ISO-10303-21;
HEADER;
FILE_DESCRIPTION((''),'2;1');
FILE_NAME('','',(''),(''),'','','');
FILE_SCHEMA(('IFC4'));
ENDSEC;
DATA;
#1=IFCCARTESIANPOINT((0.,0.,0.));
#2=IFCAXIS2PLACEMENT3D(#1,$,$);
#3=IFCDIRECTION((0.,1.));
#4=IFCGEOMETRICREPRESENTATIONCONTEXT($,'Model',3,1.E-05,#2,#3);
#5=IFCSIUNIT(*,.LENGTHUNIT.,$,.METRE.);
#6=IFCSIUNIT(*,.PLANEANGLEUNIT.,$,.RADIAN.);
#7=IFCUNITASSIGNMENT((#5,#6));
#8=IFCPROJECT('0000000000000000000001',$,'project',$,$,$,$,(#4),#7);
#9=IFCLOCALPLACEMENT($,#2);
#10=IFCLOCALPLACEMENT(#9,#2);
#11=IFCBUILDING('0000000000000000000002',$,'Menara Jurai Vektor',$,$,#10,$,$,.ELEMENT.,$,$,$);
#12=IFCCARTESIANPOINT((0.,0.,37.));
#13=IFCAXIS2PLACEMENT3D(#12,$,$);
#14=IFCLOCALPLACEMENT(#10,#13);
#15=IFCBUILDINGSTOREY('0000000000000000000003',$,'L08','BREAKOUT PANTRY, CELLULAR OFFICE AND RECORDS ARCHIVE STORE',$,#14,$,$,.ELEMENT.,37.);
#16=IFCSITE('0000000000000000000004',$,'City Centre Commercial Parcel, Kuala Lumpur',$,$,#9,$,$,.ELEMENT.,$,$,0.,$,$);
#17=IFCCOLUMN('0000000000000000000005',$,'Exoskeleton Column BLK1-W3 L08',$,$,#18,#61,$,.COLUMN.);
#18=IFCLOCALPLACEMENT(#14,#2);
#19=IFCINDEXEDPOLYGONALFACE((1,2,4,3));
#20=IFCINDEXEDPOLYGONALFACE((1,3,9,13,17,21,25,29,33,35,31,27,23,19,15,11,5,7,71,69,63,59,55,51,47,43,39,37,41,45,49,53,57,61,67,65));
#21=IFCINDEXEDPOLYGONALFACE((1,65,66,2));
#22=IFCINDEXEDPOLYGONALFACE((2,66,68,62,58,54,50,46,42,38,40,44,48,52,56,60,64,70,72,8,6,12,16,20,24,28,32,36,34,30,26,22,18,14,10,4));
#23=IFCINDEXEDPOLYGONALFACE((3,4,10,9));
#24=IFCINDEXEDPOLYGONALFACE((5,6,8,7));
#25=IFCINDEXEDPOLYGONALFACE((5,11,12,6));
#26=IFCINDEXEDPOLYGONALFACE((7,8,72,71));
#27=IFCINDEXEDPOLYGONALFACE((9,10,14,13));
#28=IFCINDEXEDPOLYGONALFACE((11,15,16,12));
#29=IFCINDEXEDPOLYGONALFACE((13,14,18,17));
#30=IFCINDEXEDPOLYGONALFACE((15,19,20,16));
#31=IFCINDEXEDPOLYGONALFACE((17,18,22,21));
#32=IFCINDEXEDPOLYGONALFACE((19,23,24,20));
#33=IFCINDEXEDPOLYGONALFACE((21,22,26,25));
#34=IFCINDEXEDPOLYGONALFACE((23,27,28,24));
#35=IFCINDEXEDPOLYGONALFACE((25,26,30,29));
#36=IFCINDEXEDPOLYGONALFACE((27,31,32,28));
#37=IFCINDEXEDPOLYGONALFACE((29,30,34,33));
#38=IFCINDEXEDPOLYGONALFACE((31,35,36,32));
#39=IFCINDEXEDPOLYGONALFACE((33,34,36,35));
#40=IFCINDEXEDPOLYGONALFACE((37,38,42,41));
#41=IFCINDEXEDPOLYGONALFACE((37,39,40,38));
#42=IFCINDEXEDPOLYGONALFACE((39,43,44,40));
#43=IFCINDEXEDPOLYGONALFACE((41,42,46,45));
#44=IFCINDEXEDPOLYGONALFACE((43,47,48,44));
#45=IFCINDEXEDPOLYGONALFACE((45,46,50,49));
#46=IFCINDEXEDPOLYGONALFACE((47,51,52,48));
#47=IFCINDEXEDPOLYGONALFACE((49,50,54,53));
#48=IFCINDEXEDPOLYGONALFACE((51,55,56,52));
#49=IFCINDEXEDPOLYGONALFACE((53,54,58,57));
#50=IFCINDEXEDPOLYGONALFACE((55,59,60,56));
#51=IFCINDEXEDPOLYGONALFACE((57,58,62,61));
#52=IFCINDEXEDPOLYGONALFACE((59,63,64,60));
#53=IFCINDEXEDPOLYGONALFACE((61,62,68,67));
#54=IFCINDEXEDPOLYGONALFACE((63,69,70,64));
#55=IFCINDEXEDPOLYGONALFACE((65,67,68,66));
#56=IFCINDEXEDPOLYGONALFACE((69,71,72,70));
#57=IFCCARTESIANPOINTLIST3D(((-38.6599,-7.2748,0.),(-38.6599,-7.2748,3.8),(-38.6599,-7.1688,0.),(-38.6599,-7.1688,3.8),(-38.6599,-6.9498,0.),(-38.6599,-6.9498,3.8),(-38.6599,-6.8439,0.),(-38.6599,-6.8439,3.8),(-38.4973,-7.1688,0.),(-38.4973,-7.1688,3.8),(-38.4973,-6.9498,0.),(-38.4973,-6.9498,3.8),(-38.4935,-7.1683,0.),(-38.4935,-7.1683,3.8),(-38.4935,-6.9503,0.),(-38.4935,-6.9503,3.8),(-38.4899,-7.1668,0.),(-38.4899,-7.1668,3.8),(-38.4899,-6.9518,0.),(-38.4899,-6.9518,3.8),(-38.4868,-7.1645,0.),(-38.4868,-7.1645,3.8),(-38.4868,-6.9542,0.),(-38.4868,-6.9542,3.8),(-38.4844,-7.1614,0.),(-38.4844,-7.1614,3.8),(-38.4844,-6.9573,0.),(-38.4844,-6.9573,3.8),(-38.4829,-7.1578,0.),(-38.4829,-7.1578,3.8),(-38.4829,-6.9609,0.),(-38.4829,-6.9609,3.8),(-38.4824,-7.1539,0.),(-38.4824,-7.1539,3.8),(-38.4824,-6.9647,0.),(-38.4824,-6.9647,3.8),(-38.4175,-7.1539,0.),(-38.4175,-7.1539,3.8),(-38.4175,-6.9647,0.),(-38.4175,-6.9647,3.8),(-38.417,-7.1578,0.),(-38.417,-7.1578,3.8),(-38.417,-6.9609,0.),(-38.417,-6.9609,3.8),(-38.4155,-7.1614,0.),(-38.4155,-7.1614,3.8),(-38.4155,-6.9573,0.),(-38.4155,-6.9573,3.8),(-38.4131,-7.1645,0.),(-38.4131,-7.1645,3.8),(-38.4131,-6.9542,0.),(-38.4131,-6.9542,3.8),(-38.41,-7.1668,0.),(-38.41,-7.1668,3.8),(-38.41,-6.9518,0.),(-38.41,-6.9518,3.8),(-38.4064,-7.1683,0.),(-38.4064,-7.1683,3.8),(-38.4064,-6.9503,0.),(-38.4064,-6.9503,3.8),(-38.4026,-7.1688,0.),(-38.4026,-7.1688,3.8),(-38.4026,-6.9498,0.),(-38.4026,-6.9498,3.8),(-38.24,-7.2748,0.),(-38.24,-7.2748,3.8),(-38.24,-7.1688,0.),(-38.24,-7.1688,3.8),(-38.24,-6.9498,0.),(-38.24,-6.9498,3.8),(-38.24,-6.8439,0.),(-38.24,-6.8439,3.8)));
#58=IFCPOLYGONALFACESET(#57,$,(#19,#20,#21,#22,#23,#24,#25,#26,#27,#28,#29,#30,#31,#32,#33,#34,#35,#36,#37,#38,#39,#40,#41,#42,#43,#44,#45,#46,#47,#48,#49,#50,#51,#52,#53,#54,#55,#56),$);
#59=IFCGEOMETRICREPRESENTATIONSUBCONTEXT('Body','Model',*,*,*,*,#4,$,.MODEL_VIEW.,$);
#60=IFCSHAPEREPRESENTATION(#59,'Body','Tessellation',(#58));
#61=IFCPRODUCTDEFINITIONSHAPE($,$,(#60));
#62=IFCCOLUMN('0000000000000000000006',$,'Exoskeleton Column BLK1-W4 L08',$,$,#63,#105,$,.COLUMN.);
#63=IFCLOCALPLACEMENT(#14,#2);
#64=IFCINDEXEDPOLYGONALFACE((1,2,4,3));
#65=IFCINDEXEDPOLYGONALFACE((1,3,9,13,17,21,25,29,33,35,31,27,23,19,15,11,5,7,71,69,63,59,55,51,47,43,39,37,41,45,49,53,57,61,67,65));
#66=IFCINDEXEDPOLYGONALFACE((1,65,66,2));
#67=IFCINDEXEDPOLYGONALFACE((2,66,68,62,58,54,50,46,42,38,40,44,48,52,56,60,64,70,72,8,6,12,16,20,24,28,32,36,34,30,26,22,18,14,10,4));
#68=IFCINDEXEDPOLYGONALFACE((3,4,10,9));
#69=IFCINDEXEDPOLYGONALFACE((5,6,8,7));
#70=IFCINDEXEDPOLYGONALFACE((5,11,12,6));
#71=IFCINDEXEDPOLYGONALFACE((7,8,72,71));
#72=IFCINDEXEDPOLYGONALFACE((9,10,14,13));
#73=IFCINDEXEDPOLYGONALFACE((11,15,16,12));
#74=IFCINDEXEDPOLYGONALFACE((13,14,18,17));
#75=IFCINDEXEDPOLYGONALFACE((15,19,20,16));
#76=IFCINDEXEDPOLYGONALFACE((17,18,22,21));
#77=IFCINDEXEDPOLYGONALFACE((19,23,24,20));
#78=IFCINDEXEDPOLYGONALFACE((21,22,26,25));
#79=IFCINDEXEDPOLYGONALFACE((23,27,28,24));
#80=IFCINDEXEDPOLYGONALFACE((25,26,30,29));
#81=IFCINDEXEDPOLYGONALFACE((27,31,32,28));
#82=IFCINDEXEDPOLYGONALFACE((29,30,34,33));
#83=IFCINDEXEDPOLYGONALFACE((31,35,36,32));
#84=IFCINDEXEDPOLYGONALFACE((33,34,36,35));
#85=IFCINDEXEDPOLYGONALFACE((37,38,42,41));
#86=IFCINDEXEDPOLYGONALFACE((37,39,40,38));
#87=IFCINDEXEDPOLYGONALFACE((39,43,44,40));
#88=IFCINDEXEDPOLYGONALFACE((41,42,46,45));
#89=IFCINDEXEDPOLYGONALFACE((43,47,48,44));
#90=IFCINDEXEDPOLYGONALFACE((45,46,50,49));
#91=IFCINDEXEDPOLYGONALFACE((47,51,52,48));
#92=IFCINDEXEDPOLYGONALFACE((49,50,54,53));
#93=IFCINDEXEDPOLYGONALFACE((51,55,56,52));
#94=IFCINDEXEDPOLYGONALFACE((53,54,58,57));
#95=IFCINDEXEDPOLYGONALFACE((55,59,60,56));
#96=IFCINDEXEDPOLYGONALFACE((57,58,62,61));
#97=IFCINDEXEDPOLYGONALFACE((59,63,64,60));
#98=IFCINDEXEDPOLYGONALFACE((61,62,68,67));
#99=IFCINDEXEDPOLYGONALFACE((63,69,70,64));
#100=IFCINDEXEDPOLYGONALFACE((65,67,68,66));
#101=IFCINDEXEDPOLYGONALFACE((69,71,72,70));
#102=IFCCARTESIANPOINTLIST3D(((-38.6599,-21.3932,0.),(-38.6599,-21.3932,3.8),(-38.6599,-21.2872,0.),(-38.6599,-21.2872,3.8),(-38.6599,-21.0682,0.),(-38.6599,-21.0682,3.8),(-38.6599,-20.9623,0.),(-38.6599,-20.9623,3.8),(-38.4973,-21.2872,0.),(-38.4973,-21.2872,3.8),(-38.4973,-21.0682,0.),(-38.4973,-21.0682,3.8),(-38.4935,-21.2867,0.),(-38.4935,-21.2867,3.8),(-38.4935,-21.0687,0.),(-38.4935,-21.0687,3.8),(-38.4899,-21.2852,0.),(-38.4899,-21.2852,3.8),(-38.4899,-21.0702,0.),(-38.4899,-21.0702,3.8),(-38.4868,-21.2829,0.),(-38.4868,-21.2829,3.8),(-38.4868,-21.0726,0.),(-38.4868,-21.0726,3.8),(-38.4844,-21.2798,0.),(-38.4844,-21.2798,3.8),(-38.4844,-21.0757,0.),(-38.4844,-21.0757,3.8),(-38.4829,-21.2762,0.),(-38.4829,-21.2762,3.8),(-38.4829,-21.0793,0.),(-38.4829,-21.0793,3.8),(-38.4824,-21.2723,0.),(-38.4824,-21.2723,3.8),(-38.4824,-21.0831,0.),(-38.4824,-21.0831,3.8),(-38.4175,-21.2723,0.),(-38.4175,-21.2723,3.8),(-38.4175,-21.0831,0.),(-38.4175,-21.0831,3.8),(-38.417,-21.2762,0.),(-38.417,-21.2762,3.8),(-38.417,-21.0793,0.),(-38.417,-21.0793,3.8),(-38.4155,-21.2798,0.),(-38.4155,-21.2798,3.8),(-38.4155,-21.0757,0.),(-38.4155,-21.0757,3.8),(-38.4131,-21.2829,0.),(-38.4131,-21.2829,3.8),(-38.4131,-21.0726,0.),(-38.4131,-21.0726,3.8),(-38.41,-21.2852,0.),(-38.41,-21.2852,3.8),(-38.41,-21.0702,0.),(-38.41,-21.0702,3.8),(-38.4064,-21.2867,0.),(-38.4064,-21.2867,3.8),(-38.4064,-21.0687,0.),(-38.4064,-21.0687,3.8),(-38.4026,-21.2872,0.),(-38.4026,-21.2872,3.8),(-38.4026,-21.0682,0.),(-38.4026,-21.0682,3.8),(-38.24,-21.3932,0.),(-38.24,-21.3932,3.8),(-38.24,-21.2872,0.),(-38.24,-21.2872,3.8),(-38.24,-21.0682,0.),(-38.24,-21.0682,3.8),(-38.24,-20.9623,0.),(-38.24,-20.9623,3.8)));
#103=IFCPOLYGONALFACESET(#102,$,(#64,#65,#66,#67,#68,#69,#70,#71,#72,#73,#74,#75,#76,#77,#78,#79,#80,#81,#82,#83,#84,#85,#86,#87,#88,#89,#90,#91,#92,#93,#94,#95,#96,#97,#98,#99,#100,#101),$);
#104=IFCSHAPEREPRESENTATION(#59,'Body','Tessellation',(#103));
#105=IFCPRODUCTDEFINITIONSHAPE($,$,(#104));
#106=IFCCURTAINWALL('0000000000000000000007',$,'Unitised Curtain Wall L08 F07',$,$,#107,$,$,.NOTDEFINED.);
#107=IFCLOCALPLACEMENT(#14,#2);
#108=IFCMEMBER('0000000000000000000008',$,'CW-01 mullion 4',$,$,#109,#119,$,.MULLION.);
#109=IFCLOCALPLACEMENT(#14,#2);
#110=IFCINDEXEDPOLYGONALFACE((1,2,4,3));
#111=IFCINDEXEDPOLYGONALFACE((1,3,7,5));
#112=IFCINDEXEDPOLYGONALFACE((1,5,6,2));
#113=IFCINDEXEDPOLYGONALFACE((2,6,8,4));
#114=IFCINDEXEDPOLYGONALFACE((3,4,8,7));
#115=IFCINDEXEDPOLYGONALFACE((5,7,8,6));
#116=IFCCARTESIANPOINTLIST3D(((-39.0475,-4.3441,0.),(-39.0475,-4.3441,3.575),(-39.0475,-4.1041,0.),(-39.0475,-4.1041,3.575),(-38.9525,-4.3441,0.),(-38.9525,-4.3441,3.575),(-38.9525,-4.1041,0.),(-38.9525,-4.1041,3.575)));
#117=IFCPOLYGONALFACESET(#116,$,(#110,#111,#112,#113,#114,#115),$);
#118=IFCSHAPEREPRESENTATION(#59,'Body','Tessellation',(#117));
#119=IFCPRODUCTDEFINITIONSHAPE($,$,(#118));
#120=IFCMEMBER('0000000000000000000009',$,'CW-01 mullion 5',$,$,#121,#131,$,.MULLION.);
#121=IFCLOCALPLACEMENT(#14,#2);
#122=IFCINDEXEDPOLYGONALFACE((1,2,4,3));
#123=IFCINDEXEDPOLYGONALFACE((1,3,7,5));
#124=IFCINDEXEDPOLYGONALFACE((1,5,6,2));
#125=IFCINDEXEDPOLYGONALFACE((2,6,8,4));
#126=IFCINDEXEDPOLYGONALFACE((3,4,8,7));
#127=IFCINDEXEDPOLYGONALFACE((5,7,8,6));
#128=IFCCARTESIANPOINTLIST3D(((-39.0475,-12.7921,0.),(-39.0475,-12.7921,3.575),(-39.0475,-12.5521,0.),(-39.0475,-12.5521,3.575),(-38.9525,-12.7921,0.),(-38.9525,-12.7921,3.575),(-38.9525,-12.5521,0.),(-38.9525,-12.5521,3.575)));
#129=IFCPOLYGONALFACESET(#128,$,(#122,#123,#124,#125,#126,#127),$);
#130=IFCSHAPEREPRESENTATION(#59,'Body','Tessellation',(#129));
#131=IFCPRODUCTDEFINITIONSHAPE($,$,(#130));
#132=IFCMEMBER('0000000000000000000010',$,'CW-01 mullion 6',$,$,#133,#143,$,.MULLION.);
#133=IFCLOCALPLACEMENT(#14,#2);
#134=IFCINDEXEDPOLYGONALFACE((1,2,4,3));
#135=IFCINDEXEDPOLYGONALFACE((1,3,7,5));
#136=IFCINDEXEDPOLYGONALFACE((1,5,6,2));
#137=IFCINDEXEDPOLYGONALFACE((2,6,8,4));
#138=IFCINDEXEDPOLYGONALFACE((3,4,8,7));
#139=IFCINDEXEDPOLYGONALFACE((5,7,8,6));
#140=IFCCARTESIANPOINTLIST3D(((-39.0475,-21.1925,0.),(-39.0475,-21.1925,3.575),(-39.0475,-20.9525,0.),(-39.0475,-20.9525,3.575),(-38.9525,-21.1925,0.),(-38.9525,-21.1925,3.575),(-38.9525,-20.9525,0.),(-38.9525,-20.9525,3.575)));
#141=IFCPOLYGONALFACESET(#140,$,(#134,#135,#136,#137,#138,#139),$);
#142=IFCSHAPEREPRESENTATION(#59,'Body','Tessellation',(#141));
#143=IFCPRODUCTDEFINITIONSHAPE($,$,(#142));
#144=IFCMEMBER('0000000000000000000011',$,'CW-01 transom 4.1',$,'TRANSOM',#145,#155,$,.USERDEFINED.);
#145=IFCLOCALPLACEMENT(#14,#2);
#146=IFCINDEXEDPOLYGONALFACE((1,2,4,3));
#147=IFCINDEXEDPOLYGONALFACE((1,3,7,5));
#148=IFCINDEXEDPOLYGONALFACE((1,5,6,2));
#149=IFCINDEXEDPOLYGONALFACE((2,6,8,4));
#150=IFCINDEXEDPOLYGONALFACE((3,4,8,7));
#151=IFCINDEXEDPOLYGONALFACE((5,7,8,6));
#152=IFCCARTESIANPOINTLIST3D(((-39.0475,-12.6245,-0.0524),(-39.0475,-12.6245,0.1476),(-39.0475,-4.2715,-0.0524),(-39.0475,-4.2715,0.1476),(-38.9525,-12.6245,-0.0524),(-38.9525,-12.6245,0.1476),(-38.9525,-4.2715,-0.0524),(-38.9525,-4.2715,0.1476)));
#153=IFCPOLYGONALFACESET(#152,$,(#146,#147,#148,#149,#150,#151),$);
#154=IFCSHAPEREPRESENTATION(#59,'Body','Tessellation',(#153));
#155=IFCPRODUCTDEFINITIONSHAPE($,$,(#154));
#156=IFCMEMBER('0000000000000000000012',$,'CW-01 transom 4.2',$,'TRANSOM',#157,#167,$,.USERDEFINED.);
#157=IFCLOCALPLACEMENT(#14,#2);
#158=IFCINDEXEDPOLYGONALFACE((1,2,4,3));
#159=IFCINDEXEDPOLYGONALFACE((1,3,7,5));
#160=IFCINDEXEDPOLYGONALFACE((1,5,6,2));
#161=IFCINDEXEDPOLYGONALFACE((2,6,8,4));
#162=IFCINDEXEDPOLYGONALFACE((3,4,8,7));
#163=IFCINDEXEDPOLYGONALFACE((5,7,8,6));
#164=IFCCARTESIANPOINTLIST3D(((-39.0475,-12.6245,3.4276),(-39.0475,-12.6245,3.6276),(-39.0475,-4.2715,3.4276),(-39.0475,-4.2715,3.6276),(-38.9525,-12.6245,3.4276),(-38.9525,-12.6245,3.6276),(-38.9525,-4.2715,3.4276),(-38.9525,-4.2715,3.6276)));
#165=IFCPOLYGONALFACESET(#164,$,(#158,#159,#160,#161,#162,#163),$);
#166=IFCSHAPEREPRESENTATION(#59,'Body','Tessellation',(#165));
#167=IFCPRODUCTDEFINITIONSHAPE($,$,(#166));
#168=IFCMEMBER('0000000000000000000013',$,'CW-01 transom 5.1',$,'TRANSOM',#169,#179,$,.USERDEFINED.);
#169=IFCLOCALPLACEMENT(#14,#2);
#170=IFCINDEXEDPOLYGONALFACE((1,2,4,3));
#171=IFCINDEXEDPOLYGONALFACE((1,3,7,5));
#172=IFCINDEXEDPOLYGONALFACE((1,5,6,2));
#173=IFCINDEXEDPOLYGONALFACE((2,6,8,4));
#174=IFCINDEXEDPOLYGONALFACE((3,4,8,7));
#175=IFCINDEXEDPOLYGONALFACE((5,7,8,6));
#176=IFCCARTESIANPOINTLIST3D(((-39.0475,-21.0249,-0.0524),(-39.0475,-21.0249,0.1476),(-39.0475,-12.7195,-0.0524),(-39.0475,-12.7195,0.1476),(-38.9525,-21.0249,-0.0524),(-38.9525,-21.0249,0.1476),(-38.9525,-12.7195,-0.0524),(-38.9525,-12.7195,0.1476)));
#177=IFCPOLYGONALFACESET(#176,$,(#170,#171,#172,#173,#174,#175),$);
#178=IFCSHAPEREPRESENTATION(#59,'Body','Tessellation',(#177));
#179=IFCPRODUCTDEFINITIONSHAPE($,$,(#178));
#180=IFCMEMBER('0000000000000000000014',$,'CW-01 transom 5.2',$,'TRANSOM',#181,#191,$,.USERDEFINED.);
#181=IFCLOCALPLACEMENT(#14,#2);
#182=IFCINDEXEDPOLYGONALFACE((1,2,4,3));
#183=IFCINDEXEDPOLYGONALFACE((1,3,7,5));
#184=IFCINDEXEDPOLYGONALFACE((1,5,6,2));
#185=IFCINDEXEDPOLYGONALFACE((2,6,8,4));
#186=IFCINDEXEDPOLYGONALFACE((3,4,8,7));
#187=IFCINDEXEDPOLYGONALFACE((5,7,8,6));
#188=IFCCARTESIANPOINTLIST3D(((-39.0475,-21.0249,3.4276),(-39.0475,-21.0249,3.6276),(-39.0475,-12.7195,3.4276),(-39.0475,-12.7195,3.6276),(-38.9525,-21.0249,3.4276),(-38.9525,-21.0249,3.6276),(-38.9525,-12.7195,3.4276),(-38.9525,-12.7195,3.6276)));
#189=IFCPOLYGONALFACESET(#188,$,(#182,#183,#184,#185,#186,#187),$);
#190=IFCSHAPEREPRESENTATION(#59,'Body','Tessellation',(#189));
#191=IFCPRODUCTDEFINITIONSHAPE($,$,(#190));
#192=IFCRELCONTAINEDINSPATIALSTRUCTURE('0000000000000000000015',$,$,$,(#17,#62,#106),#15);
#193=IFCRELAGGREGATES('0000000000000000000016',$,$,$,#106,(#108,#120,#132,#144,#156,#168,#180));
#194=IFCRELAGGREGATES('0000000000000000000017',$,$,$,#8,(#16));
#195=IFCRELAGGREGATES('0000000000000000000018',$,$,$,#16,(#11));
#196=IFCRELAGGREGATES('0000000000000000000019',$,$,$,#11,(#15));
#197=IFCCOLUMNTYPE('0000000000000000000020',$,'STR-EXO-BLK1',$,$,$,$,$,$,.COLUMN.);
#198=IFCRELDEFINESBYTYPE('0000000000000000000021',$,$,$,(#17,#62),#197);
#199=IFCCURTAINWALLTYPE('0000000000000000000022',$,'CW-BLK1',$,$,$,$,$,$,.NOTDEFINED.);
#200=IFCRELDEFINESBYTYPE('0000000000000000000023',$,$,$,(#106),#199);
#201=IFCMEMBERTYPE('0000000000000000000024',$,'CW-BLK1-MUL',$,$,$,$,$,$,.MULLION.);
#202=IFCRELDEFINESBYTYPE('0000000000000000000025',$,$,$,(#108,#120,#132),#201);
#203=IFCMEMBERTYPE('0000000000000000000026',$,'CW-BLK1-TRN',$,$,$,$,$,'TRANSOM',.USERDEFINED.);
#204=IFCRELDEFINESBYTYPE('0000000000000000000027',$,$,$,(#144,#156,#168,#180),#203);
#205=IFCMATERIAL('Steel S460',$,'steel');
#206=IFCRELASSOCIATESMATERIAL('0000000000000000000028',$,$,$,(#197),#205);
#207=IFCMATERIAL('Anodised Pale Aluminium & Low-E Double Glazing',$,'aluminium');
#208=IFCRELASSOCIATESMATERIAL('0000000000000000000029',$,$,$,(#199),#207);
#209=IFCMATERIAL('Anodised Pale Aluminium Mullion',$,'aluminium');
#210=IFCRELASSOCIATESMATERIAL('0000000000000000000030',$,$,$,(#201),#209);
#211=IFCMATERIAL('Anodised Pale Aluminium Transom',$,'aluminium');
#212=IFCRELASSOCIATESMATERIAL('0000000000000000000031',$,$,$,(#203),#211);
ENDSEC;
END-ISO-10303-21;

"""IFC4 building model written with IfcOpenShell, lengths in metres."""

from ifc_helpers import new_model, si_unit, direction, frame, origin, origin_2d, place, context, subcontext, project, spatial, rectangle, i_section, extrude, material, material_profile, profile_set, type_object, element, aggregate, save


model = new_model("IFC4")

# Units and contexts
model_context = context("Model", 3, precision=1e-05, world=origin(), true_north=direction((0.0, 1.0)))
body_context = subcontext(model_context, "Body", "Model", "MODEL_VIEW")
ifc_project = project(units=[si_unit("LENGTHUNIT", "METRE"), si_unit("PLANEANGLEUNIT", "RADIAN")], contexts=[model_context])

# Site, building, storey
site_placement = place(None, origin())
site = spatial("IfcSite", under=ifc_project, at=site_placement, Name="City Centre Commercial Parcel, Kuala Lumpur", CompositionType="ELEMENT", RefElevation=0.0)
building_placement = place(site_placement, origin())
building = spatial("IfcBuilding", under=site, at=building_placement, Name="Menara Jurai Vektor", CompositionType="ELEMENT")
storey_placement = place(building_placement, frame((0.0, 0.0, 37.0)))
storey = spatial("IfcBuildingStorey", under=building, at=storey_placement, Name="L08", Description="BREAKOUT PANTRY, CELLULAR OFFICE AND RECORDS ARCHIVE STORE", CompositionType="ELEMENT", Elevation=37.0)

# Columns
ifc_material_1 = material(Name="Steel S460", Category="steel")
ifc_material_profile_1 = material_profile(ifc_material_1, i_section(OverallWidth=0.4199, OverallDepth=0.4309, WebThickness=0.0649, FlangeThickness=0.106, FilletRadius=0.0149, at=origin_2d()), Name="HD 400x900")
ifc_profile_set_1 = profile_set([ifc_material_profile_1], Name="Steel S460")
column_type = type_object("IfcColumnType", Name="STR-EXO-BLK1", PredefinedType="COLUMN", material=ifc_profile_set_1)
for number, where, z_axis, x_axis, name in (
    (1, (-38.45, -7.0593, 0.0), (0.0, 0.0, 1.0), (1.0, 0.0, 0.0), "Exoskeleton Column BLK1-W3 L08"),
    (2, (-38.45, -21.1777, 0.0), (0.0, 0.0, 1.0), (1.0, 0.0, 0.0), "Exoskeleton Column BLK1-W4 L08"),
):
    element("IfcColumn", number, at=place(storey_placement, frame(where, z_axis=z_axis, x_axis=x_axis)), inside=storey, type_object=column_type, Name=name, PredefinedType="COLUMN", context=body_context, shape_type="SweptSolid", body=[
        extrude(i_section(OverallWidth=0.4199, OverallDepth=0.4309, WebThickness=0.0649, FlangeThickness=0.106, FilletRadius=0.0149, at=origin_2d()), origin(), (0.0, 0.0, 1.0), 3.8),
    ])

# Curtain wall, members
ifc_material_2 = material(Name="Anodised Pale Aluminium & Low-E Double Glazing", Category="aluminium")
curtain_wall_type = type_object("IfcCurtainWallType", Name="CW-BLK1", PredefinedType="NOTDEFINED", material=ifc_material_2)
curtain_wall_placement = place(storey_placement, origin())
curtain_wall = element("IfcCurtainWall", 3, at=curtain_wall_placement, inside=storey, type_object=curtain_wall_type, Name="Unitised Curtain Wall L08 F07", PredefinedType="NOTDEFINED")
ifc_material_3 = material(Name="Anodised Pale Aluminium Mullion", Category="aluminium")
ifc_material_profile_2 = material_profile(ifc_material_3, rectangle(XDim=0.095, YDim=0.24, at=origin_2d()), Name="ALU MUL 95x240")
ifc_profile_set_2 = profile_set([ifc_material_profile_2], Name="Anodised Pale Aluminium Mullion")
member_type_1 = type_object("IfcMemberType", Name="CW-BLK1-MUL", PredefinedType="MULLION", material=ifc_profile_set_2)
member_1_placement = place(storey_placement, frame((-39.0, -4.2241, 0.0), z_axis=(0.0, 0.0, 1.0), x_axis=(1.0, 0.0, 0.0)))
member_1 = element("IfcMember", 4, at=member_1_placement, type_object=member_type_1, Name="CW-01 mullion 4", PredefinedType="MULLION", context=body_context, shape_type="SweptSolid", body=[
    extrude(rectangle(XDim=0.095, YDim=0.24, at=origin_2d()), origin(), (0.0, 0.0, 1.0), 3.575),
])
member_2_placement = place(storey_placement, frame((-39.0, -12.6721, 0.0), z_axis=(0.0, 0.0, 1.0), x_axis=(1.0, 0.0, 0.0)))
member_2 = element("IfcMember", 5, at=member_2_placement, type_object=member_type_1, Name="CW-01 mullion 5", PredefinedType="MULLION", context=body_context, shape_type="SweptSolid", body=[
    extrude(rectangle(XDim=0.095, YDim=0.24, at=origin_2d()), origin(), (0.0, 0.0, 1.0), 3.575),
])
member_3_placement = place(storey_placement, frame((-39.0, -21.0725, 0.0), z_axis=(0.0, 0.0, 1.0), x_axis=(1.0, 0.0, 0.0)))
member_3 = element("IfcMember", 6, at=member_3_placement, type_object=member_type_1, Name="CW-01 mullion 6", PredefinedType="MULLION", context=body_context, shape_type="SweptSolid", body=[
    extrude(rectangle(XDim=0.095, YDim=0.24, at=origin_2d()), origin(), (0.0, 0.0, 1.0), 3.575),
])
ifc_material_4 = material(Name="Anodised Pale Aluminium Transom", Category="aluminium")
ifc_material_profile_3 = material_profile(ifc_material_4, rectangle(XDim=0.095, YDim=0.2, at=origin_2d()), Name="ALU TRN 95x200")
ifc_profile_set_3 = profile_set([ifc_material_profile_3], Name="Anodised Pale Aluminium Transom")
member_type_2 = type_object("IfcMemberType", Name="CW-BLK1-TRN", ElementType="TRANSOM", PredefinedType="USERDEFINED", material=ifc_profile_set_3)
member_4_placement = place(storey_placement, frame((-39.0, -4.2715, 0.0476), z_axis=(0.0, -1.0, 0.0), x_axis=(1.0, 0.0, 0.0)))
member_4 = element("IfcMember", 7, at=member_4_placement, type_object=member_type_2, Name="CW-01 transom 4.1", ObjectType="TRANSOM", PredefinedType="USERDEFINED", context=body_context, shape_type="SweptSolid", body=[
    extrude(rectangle(XDim=0.095, YDim=0.2, at=origin_2d()), origin(), (0.0, 0.0, 1.0), 8.353),
])
member_5_placement = place(storey_placement, frame((-39.0, -4.2715, 3.5276), z_axis=(0.0, -1.0, 0.0), x_axis=(1.0, 0.0, 0.0)))
member_5 = element("IfcMember", 8, at=member_5_placement, type_object=member_type_2, Name="CW-01 transom 4.2", ObjectType="TRANSOM", PredefinedType="USERDEFINED", context=body_context, shape_type="SweptSolid", body=[
    extrude(rectangle(XDim=0.095, YDim=0.2, at=origin_2d()), origin(), (0.0, 0.0, 1.0), 8.353),
])
member_6_placement = place(storey_placement, frame((-39.0, -12.7195, 0.0476), z_axis=(0.0, -1.0, 0.0), x_axis=(1.0, 0.0, 0.0)))
member_6 = element("IfcMember", 9, at=member_6_placement, type_object=member_type_2, Name="CW-01 transom 5.1", ObjectType="TRANSOM", PredefinedType="USERDEFINED", context=body_context, shape_type="SweptSolid", body=[
    extrude(rectangle(XDim=0.095, YDim=0.2, at=origin_2d()), origin(), (0.0, 0.0, 1.0), 8.3054),
])
member_7_placement = place(storey_placement, frame((-39.0, -12.7195, 3.5276), z_axis=(0.0, -1.0, 0.0), x_axis=(1.0, 0.0, 0.0)))
member_7 = element("IfcMember", 10, at=member_7_placement, type_object=member_type_2, Name="CW-01 transom 5.2", ObjectType="TRANSOM", PredefinedType="USERDEFINED", context=body_context, shape_type="SweptSolid", body=[
    extrude(rectangle(XDim=0.095, YDim=0.2, at=origin_2d()), origin(), (0.0, 0.0, 1.0), 8.3054),
])

aggregate(curtain_wall, [member_1, member_2, member_3, member_4, member_5, member_6, member_7])

save(model, "model.ifc")
